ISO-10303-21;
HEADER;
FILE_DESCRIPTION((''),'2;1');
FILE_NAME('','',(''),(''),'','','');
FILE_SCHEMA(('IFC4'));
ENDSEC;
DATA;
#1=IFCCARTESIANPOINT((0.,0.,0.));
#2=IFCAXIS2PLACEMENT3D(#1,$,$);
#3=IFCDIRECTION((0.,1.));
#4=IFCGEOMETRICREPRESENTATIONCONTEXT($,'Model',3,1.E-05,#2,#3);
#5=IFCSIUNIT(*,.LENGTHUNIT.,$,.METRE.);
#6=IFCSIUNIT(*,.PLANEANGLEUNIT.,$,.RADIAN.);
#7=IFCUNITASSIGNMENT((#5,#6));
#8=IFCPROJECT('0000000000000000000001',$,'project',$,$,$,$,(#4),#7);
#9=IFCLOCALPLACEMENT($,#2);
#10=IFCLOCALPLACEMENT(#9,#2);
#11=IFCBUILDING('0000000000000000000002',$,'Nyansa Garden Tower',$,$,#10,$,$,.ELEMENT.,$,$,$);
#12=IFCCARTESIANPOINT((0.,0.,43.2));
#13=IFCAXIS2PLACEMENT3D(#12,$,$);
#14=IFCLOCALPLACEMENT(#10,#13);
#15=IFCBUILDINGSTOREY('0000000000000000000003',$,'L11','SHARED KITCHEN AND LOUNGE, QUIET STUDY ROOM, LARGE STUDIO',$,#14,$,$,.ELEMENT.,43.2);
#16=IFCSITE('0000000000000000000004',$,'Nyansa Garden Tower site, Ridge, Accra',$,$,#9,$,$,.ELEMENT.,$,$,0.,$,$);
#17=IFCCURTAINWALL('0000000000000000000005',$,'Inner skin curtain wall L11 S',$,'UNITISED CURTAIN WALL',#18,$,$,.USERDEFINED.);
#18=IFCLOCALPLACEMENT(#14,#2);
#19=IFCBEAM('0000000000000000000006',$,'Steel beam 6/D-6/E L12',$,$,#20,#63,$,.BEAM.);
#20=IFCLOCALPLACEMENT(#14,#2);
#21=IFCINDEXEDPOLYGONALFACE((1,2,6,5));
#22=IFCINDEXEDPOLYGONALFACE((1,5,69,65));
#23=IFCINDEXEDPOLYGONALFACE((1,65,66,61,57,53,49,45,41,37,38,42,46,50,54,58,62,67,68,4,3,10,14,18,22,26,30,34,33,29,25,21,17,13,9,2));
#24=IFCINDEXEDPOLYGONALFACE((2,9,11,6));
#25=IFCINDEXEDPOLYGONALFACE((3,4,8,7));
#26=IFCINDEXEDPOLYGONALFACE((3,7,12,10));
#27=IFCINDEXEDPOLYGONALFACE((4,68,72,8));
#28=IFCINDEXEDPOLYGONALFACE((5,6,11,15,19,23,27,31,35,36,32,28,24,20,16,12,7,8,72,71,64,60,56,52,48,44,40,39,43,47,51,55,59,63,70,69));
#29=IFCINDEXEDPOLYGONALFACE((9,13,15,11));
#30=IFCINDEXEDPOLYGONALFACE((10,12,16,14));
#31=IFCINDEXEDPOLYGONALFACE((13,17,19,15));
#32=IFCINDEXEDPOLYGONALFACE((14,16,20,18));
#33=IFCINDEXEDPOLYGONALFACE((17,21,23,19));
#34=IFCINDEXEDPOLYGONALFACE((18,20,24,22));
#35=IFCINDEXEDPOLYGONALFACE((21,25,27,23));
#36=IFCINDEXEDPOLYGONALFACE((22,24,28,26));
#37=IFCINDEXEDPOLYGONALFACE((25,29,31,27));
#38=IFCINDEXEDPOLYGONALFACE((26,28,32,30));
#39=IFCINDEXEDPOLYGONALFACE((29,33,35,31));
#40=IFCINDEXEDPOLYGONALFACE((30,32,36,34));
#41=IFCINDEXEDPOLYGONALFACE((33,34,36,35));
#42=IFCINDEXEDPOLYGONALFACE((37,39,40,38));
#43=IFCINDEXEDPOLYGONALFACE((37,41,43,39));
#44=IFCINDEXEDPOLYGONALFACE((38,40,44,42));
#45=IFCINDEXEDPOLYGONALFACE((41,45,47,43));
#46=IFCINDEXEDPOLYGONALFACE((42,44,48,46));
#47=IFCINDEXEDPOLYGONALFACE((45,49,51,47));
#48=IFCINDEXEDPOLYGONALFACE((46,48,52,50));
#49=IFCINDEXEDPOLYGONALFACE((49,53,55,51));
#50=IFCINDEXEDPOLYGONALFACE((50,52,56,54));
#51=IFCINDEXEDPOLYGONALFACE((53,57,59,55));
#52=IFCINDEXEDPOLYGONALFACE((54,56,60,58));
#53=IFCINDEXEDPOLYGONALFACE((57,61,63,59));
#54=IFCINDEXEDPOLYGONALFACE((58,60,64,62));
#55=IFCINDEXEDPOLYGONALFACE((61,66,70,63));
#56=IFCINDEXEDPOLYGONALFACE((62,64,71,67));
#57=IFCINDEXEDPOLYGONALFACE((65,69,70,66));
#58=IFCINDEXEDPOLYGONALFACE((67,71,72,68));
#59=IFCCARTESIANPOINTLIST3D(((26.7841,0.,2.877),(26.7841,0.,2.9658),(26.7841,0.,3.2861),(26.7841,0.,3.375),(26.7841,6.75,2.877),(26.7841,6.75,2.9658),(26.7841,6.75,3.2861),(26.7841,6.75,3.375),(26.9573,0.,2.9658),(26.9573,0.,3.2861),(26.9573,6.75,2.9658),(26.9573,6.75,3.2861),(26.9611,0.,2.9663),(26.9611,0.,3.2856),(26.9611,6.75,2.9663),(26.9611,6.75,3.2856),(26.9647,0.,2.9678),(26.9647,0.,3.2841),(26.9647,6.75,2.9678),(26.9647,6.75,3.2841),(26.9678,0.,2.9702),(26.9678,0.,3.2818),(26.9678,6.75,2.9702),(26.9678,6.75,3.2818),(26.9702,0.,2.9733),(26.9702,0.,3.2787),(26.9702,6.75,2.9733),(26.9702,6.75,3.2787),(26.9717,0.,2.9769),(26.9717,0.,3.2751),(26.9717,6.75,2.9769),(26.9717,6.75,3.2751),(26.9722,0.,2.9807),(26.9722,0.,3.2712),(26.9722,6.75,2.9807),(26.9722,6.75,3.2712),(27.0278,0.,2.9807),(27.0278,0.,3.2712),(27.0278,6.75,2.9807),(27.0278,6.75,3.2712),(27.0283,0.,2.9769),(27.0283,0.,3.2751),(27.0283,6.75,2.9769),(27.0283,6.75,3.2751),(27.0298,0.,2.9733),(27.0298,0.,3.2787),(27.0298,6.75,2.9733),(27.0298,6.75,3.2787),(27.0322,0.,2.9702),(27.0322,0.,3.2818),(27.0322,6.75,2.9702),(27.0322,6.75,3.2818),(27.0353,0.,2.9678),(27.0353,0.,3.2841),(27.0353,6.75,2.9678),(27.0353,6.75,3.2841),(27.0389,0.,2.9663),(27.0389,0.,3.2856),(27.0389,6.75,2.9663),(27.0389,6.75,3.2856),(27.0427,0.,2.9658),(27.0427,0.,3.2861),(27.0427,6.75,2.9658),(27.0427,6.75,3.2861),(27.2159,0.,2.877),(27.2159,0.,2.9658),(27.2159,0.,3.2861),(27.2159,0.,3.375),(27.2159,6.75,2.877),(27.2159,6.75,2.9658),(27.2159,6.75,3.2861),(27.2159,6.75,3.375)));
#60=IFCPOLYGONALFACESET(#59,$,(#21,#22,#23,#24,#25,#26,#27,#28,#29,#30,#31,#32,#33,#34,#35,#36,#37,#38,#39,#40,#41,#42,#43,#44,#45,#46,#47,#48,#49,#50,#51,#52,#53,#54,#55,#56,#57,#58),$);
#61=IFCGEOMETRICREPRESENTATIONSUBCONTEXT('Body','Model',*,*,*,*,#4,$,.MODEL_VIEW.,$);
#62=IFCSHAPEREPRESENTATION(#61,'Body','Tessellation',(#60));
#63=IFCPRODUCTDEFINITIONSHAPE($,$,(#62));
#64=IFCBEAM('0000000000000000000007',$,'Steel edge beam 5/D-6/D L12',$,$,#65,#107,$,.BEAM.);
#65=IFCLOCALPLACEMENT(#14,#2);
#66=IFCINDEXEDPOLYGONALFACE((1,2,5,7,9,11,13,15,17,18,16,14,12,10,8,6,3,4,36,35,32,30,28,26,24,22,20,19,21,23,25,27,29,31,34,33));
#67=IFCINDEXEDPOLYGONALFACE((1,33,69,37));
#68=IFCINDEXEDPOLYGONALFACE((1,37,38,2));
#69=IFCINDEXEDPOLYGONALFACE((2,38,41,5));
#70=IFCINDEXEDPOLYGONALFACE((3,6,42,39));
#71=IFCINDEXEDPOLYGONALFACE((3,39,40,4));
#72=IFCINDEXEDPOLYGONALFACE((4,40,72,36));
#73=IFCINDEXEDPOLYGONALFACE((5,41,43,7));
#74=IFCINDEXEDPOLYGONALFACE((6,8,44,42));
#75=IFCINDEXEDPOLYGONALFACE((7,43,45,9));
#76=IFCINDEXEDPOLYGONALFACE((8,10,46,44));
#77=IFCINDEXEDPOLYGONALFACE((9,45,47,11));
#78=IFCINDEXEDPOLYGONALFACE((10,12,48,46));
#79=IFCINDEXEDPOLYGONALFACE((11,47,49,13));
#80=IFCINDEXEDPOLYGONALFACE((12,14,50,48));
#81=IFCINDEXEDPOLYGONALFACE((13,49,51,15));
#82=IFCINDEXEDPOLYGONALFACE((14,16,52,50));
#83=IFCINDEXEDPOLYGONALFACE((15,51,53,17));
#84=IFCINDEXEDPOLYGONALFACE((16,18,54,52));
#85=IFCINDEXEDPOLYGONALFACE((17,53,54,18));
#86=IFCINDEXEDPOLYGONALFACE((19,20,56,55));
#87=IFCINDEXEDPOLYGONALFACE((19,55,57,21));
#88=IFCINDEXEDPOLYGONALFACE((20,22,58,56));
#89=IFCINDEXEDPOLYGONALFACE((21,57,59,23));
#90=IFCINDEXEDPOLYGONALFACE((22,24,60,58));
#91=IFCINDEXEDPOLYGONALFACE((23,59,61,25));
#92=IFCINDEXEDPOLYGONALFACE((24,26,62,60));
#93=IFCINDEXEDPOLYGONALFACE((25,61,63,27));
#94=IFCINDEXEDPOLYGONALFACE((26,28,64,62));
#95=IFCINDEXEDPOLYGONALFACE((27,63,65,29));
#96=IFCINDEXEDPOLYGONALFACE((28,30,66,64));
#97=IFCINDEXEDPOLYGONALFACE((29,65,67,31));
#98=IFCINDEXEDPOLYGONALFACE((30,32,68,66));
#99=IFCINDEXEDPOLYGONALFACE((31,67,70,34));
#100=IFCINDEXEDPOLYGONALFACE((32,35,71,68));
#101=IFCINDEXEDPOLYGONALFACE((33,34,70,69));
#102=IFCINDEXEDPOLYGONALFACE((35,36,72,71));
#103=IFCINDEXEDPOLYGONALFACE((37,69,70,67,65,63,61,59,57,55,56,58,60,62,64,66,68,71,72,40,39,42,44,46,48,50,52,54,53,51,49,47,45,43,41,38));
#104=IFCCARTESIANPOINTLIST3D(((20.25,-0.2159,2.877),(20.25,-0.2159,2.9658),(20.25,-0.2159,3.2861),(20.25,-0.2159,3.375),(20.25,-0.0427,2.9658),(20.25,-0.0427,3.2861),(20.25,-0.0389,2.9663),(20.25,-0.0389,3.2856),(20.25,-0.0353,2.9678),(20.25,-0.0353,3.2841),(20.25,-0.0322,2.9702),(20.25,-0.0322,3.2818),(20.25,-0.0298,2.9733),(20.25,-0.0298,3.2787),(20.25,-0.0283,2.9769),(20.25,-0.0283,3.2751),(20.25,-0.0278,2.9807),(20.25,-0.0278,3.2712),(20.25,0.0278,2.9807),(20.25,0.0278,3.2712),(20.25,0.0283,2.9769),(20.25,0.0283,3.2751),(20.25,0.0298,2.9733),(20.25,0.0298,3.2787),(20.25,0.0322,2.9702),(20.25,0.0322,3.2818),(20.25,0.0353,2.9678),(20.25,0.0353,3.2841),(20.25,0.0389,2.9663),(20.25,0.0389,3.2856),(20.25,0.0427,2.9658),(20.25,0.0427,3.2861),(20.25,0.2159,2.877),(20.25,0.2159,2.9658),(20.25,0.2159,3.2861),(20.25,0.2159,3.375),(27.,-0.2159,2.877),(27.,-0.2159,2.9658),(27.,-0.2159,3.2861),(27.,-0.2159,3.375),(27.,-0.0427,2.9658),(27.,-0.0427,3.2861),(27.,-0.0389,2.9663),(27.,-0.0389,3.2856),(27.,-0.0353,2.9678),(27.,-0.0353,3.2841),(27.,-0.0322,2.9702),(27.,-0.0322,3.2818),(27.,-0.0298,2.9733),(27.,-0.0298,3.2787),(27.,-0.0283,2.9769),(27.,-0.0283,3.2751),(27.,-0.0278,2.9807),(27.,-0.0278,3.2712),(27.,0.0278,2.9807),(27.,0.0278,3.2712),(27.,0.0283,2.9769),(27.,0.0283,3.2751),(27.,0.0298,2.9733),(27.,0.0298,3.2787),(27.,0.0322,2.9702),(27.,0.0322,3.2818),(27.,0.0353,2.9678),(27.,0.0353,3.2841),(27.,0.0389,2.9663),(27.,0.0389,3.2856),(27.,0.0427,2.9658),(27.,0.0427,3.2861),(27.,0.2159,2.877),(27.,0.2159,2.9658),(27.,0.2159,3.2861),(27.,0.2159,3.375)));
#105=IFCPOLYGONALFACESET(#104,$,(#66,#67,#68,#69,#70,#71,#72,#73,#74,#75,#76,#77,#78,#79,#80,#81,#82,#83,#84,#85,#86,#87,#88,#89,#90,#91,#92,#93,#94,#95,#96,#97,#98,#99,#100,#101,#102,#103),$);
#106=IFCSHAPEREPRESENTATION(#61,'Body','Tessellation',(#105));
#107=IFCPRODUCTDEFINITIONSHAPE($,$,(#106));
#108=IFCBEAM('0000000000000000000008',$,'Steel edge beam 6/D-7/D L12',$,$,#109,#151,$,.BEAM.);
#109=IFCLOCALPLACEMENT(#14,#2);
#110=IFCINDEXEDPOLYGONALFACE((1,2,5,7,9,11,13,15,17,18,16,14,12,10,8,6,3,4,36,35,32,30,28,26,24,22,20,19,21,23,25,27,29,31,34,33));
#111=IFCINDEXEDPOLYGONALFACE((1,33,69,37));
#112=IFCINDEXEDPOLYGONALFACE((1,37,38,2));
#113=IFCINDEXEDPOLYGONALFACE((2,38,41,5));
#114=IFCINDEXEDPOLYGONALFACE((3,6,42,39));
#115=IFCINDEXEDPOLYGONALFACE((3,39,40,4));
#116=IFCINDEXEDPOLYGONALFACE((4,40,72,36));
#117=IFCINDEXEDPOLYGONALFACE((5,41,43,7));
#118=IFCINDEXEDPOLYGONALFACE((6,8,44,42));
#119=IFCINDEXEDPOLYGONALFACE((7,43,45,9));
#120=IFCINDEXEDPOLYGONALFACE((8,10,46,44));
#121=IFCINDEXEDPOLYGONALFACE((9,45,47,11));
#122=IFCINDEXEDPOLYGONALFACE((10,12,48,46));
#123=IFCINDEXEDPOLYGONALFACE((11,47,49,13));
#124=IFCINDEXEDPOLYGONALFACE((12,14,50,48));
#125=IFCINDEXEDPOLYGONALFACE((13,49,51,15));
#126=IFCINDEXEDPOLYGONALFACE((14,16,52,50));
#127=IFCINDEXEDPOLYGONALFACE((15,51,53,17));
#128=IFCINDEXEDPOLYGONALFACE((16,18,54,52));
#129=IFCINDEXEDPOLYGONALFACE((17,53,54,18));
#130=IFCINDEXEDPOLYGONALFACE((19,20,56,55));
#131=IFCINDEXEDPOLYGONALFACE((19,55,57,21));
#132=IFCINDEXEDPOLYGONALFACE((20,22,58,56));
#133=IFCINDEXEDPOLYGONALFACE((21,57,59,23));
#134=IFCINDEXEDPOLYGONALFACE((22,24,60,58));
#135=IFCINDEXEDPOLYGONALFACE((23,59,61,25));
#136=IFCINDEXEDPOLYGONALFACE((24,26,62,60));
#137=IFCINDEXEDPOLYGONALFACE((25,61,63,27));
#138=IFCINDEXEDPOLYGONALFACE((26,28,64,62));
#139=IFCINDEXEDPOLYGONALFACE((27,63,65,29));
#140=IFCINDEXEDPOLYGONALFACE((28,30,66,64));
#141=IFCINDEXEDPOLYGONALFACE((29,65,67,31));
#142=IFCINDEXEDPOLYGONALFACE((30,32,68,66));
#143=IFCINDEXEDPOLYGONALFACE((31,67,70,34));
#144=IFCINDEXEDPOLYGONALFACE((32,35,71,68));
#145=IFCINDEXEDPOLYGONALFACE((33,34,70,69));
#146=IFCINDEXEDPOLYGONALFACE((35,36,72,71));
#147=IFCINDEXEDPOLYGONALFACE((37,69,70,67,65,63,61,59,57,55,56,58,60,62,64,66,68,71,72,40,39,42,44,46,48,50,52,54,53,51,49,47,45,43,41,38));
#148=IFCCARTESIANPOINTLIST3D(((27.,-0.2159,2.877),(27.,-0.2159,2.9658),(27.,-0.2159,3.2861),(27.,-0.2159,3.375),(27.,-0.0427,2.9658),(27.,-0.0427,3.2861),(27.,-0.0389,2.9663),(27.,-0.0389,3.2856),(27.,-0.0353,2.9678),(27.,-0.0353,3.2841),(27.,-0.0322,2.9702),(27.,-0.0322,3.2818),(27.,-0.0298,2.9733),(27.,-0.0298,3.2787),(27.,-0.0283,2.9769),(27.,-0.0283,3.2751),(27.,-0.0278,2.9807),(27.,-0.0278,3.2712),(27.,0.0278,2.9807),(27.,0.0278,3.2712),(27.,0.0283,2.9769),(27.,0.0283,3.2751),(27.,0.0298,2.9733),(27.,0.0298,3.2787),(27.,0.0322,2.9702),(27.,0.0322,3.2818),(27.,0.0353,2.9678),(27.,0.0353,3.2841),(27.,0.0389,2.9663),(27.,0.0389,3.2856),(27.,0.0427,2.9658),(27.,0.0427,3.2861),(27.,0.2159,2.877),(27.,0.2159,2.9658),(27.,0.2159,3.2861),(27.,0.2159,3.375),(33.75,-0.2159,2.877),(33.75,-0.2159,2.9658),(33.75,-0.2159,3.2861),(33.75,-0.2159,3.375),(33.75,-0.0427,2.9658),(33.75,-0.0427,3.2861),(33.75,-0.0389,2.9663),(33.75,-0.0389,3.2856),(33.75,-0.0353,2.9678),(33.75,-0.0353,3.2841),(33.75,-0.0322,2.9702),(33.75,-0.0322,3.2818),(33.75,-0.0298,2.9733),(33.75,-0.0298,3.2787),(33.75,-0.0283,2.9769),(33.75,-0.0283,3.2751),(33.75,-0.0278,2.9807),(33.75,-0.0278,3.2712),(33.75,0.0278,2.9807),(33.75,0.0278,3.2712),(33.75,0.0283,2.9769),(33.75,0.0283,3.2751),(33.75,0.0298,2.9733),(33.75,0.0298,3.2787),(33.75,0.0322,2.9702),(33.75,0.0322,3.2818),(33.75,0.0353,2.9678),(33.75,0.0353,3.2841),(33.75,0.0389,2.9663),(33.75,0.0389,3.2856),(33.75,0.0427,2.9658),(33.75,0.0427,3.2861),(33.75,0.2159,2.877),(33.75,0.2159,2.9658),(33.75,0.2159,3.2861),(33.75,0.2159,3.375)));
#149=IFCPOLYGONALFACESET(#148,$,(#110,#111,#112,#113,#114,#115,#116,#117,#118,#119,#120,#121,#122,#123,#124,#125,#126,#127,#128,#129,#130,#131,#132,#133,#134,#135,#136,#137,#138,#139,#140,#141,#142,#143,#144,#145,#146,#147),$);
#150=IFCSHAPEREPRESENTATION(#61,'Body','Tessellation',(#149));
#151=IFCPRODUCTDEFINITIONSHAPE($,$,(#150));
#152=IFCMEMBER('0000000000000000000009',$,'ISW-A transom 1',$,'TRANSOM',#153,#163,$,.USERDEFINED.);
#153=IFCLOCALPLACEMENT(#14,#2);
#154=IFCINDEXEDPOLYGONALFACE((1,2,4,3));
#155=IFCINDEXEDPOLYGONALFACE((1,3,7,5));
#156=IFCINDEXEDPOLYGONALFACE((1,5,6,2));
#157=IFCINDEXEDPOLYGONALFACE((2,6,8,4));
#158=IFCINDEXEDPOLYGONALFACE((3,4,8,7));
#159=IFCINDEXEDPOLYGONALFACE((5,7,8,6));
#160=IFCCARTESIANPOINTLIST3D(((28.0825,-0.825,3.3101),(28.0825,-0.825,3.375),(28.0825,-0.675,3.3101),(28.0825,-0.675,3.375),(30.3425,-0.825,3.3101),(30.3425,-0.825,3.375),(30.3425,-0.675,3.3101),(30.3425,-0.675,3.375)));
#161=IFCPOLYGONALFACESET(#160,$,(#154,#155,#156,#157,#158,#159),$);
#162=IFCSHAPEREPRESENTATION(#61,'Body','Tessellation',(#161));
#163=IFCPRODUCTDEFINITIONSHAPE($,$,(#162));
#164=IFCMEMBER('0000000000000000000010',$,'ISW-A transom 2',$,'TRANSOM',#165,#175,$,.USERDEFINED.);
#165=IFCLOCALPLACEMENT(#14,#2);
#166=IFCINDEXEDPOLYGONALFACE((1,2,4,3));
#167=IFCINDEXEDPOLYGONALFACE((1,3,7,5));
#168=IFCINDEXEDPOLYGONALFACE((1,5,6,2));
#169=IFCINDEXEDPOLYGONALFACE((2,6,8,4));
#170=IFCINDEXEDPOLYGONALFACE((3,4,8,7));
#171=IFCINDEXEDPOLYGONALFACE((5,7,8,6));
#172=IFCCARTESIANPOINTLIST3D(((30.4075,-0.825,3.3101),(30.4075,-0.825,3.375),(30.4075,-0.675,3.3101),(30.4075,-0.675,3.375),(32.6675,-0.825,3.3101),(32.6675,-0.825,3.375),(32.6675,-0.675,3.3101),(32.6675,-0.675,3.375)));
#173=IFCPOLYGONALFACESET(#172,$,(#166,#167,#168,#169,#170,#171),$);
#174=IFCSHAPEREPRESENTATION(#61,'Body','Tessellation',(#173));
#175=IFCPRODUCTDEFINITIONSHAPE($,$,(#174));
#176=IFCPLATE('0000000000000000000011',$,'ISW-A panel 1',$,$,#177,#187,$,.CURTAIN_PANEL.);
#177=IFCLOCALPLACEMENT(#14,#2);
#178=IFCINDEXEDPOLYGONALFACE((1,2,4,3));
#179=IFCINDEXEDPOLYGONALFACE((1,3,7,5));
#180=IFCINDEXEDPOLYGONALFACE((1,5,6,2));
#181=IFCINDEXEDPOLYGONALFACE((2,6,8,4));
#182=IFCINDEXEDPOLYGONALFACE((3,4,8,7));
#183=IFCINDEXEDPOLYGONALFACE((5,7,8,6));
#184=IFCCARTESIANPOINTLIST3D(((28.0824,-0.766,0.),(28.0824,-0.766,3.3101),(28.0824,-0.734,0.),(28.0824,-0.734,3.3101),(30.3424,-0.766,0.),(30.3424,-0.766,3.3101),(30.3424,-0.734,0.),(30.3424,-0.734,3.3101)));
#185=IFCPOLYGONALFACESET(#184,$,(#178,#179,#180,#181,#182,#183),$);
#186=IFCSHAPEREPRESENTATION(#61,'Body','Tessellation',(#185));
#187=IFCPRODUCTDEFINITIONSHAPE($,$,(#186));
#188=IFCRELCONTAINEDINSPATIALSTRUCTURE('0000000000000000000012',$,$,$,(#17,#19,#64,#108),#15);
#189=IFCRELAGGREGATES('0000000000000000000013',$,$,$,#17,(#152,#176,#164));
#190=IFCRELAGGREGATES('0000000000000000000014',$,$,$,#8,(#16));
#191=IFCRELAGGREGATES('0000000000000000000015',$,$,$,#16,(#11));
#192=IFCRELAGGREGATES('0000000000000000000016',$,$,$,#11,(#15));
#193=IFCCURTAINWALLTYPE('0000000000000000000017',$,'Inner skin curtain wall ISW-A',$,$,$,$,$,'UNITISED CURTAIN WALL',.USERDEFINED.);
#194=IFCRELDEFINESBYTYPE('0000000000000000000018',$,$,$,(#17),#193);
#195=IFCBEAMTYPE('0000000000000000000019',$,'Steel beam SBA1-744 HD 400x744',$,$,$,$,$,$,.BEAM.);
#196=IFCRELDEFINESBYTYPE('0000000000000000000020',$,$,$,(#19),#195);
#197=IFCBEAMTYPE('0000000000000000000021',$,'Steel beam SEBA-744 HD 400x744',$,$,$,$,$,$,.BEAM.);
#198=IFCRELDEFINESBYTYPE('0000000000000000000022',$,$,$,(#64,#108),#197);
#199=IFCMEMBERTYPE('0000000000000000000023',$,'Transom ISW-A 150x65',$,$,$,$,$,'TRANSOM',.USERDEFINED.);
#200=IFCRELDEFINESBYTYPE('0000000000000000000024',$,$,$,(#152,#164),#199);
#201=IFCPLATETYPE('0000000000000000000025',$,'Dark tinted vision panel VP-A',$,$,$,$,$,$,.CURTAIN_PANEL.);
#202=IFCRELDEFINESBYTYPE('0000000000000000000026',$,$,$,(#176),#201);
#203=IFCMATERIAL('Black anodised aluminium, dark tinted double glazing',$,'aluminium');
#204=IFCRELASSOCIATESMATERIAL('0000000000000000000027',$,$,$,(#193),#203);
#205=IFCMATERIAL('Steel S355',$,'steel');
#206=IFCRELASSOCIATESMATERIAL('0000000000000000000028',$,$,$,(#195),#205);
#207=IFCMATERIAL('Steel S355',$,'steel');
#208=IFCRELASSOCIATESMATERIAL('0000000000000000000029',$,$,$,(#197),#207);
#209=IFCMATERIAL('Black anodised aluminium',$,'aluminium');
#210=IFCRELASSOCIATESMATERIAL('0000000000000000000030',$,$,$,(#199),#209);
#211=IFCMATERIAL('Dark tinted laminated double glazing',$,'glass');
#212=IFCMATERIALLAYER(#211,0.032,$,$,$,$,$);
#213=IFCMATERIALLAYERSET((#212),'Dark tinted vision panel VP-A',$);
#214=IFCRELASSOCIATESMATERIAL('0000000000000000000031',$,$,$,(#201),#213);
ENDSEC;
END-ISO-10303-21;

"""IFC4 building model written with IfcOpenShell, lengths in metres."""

from ifc_helpers import new_model, si_unit, direction, frame, origin, origin_2d, place, context, subcontext, project, spatial, rectangle, i_section, extrude, material, layer, layer_set, material_profile, profile_set, type_object, element, aggregate, save


model = new_model("IFC4")

# Units and contexts
model_context = context("Model", 3, precision=1e-05, world=origin(), true_north=direction((0.0, 1.0)))
body_context = subcontext(model_context, "Body", "Model", "MODEL_VIEW")
ifc_project = project(units=[si_unit("LENGTHUNIT", "METRE"), si_unit("PLANEANGLEUNIT", "RADIAN")], contexts=[model_context])

# Site, building, storey
site_placement = place(None, origin())
site = spatial("IfcSite", under=ifc_project, at=site_placement, Name="Nyansa Garden Tower site, Ridge, Accra", CompositionType="ELEMENT", RefElevation=0.0)
building_placement = place(site_placement, origin())
building = spatial("IfcBuilding", under=site, at=building_placement, Name="Nyansa Garden Tower", CompositionType="ELEMENT")
storey_placement = place(building_placement, frame((0.0, 0.0, 43.2)))
storey = spatial("IfcBuildingStorey", under=building, at=storey_placement, Name="L11", Description="SHARED KITCHEN AND LOUNGE, QUIET STUDY ROOM, LARGE STUDIO", CompositionType="ELEMENT", Elevation=43.2)

# Shared definitions
ifc_material_1 = material(Name="Black anodised aluminium, dark tinted double glazing", Category="aluminium")
curtain_wall_type = type_object("IfcCurtainWallType", Name="Inner skin curtain wall ISW-A", ElementType="UNITISED CURTAIN WALL", PredefinedType="USERDEFINED", material=ifc_material_1)

# Curtain wall
curtain_wall_1_placement = place(storey_placement, origin())
curtain_wall_1 = element("IfcCurtainWall", 1, at=curtain_wall_1_placement, inside=storey, type_object=curtain_wall_type, Name="Inner skin curtain wall L11 S", ObjectType="UNITISED CURTAIN WALL", PredefinedType="USERDEFINED")

# Beams
ifc_material_2 = material(Name="Steel S355", Category="steel")
ifc_material_profile_1 = material_profile(ifc_material_2, i_section(OverallWidth=0.4319, OverallDepth=0.498, WebThickness=0.0557, FlangeThickness=0.0889, FilletRadius=0.0149, at=origin_2d()), Name="HD 400x744")
ifc_profile_set_1 = profile_set([ifc_material_profile_1], Name="Steel S355")
beam_type_1 = type_object("IfcBeamType", Name="Steel beam SBA1-744 HD 400x744", PredefinedType="BEAM", material=ifc_profile_set_1)
for number, where, z_axis, x_axis, name in (
    (2, (27.0, 0.0, 3.126), (0.0, 1.0, 0.0), (-1.0, 0.0, 0.0), "Steel beam 6/D-6/E L12"),
):
    element("IfcBeam", number, at=place(storey_placement, frame(where, z_axis=z_axis, x_axis=x_axis)), inside=storey, type_object=beam_type_1, Name=name, PredefinedType="BEAM", context=body_context, shape_type="SweptSolid", body=[
        extrude(i_section(OverallWidth=0.4319, OverallDepth=0.498, WebThickness=0.0557, FlangeThickness=0.0889, FilletRadius=0.0149, at=origin_2d()), origin(), (0.0, 0.0, 1.0), 6.75),
    ])
ifc_material_3 = material(Name="Steel S355", Category="steel")
ifc_material_profile_2 = material_profile(ifc_material_3, i_section(OverallWidth=0.4319, OverallDepth=0.498, WebThickness=0.0557, FlangeThickness=0.0889, FilletRadius=0.0149, at=origin_2d()), Name="HD 400x744")
ifc_profile_set_2 = profile_set([ifc_material_profile_2], Name="Steel S355")
beam_type_2 = type_object("IfcBeamType", Name="Steel beam SEBA-744 HD 400x744", PredefinedType="BEAM", material=ifc_profile_set_2)
for number, where, z_axis, x_axis, name in (
    (3, (20.25, 0.0, 3.126), (1.0, 0.0, 0.0), (0.0, 1.0, 0.0), "Steel edge beam 5/D-6/D L12"),
    (4, (27.0, 0.0, 3.126), (1.0, 0.0, 0.0), (0.0, 1.0, 0.0), "Steel edge beam 6/D-7/D L12"),
):
    element("IfcBeam", number, at=place(storey_placement, frame(where, z_axis=z_axis, x_axis=x_axis)), inside=storey, type_object=beam_type_2, Name=name, PredefinedType="BEAM", context=body_context, shape_type="SweptSolid", body=[
        extrude(i_section(OverallWidth=0.4319, OverallDepth=0.498, WebThickness=0.0557, FlangeThickness=0.0889, FilletRadius=0.0149, at=origin_2d()), origin(), (0.0, 0.0, 1.0), 6.75),
    ])

# Members
ifc_material_4 = material(Name="Black anodised aluminium", Category="aluminium")
ifc_material_profile_3 = material_profile(ifc_material_4, rectangle(XDim=0.1499, YDim=0.0649, at=origin_2d()), Name="Transom 150x65")
ifc_profile_set_3 = profile_set([ifc_material_profile_3], Name="Black anodised aluminium")
member_type_1 = type_object("IfcMemberType", Name="Transom ISW-A 150x65", ElementType="TRANSOM", PredefinedType="USERDEFINED", material=ifc_profile_set_3)
member_1_placement = place(storey_placement, frame((28.0825, -0.75, 3.3425), z_axis=(1.0, 0.0, 0.0), x_axis=(0.0, 1.0, 0.0)))
member_1 = element("IfcMember", 5, at=member_1_placement, type_object=member_type_1, Name="ISW-A transom 1", ObjectType="TRANSOM", PredefinedType="USERDEFINED", context=body_context, shape_type="SweptSolid", body=[
    extrude(rectangle(XDim=0.1499, YDim=0.0649, at=origin_2d()), origin(), (0.0, 0.0, 1.0), 2.26),
])
member_2_placement = place(storey_placement, frame((30.4075, -0.75, 3.3425), z_axis=(1.0, 0.0, 0.0), x_axis=(0.0, 1.0, 0.0)))
member_2 = element("IfcMember", 6, at=member_2_placement, type_object=member_type_1, Name="ISW-A transom 2", ObjectType="TRANSOM", PredefinedType="USERDEFINED", context=body_context, shape_type="SweptSolid", body=[
    extrude(rectangle(XDim=0.1499, YDim=0.0649, at=origin_2d()), origin(), (0.0, 0.0, 1.0), 2.26),
])

# Plate
ifc_material_5 = material(Name="Dark tinted laminated double glazing", Category="glass")
ifc_layer_1 = layer(ifc_material_5, 0.032)
ifc_layer_set_1 = layer_set([ifc_layer_1], Name="Dark tinted vision panel VP-A")
plate_type = type_object("IfcPlateType", Name="Dark tinted vision panel VP-A", PredefinedType="CURTAIN_PANEL", material=ifc_layer_set_1)
plate_placement = place(storey_placement, frame((29.2124, -0.75, 0.0), z_axis=(0.0, 0.0, 1.0), x_axis=(1.0, 0.0, 0.0)))
plate = element("IfcPlate", 7, at=plate_placement, type_object=plate_type, Name="ISW-A panel 1", PredefinedType="CURTAIN_PANEL", context=body_context, shape_type="SweptSolid", body=[
    extrude(rectangle(XDim=2.26, YDim=0.032, at=origin_2d()), origin(), (0.0, 0.0, 1.0), 3.3101),
])
aggregate(curtain_wall_1, [member_1, plate, member_2])

save(model, "model.ifc")
